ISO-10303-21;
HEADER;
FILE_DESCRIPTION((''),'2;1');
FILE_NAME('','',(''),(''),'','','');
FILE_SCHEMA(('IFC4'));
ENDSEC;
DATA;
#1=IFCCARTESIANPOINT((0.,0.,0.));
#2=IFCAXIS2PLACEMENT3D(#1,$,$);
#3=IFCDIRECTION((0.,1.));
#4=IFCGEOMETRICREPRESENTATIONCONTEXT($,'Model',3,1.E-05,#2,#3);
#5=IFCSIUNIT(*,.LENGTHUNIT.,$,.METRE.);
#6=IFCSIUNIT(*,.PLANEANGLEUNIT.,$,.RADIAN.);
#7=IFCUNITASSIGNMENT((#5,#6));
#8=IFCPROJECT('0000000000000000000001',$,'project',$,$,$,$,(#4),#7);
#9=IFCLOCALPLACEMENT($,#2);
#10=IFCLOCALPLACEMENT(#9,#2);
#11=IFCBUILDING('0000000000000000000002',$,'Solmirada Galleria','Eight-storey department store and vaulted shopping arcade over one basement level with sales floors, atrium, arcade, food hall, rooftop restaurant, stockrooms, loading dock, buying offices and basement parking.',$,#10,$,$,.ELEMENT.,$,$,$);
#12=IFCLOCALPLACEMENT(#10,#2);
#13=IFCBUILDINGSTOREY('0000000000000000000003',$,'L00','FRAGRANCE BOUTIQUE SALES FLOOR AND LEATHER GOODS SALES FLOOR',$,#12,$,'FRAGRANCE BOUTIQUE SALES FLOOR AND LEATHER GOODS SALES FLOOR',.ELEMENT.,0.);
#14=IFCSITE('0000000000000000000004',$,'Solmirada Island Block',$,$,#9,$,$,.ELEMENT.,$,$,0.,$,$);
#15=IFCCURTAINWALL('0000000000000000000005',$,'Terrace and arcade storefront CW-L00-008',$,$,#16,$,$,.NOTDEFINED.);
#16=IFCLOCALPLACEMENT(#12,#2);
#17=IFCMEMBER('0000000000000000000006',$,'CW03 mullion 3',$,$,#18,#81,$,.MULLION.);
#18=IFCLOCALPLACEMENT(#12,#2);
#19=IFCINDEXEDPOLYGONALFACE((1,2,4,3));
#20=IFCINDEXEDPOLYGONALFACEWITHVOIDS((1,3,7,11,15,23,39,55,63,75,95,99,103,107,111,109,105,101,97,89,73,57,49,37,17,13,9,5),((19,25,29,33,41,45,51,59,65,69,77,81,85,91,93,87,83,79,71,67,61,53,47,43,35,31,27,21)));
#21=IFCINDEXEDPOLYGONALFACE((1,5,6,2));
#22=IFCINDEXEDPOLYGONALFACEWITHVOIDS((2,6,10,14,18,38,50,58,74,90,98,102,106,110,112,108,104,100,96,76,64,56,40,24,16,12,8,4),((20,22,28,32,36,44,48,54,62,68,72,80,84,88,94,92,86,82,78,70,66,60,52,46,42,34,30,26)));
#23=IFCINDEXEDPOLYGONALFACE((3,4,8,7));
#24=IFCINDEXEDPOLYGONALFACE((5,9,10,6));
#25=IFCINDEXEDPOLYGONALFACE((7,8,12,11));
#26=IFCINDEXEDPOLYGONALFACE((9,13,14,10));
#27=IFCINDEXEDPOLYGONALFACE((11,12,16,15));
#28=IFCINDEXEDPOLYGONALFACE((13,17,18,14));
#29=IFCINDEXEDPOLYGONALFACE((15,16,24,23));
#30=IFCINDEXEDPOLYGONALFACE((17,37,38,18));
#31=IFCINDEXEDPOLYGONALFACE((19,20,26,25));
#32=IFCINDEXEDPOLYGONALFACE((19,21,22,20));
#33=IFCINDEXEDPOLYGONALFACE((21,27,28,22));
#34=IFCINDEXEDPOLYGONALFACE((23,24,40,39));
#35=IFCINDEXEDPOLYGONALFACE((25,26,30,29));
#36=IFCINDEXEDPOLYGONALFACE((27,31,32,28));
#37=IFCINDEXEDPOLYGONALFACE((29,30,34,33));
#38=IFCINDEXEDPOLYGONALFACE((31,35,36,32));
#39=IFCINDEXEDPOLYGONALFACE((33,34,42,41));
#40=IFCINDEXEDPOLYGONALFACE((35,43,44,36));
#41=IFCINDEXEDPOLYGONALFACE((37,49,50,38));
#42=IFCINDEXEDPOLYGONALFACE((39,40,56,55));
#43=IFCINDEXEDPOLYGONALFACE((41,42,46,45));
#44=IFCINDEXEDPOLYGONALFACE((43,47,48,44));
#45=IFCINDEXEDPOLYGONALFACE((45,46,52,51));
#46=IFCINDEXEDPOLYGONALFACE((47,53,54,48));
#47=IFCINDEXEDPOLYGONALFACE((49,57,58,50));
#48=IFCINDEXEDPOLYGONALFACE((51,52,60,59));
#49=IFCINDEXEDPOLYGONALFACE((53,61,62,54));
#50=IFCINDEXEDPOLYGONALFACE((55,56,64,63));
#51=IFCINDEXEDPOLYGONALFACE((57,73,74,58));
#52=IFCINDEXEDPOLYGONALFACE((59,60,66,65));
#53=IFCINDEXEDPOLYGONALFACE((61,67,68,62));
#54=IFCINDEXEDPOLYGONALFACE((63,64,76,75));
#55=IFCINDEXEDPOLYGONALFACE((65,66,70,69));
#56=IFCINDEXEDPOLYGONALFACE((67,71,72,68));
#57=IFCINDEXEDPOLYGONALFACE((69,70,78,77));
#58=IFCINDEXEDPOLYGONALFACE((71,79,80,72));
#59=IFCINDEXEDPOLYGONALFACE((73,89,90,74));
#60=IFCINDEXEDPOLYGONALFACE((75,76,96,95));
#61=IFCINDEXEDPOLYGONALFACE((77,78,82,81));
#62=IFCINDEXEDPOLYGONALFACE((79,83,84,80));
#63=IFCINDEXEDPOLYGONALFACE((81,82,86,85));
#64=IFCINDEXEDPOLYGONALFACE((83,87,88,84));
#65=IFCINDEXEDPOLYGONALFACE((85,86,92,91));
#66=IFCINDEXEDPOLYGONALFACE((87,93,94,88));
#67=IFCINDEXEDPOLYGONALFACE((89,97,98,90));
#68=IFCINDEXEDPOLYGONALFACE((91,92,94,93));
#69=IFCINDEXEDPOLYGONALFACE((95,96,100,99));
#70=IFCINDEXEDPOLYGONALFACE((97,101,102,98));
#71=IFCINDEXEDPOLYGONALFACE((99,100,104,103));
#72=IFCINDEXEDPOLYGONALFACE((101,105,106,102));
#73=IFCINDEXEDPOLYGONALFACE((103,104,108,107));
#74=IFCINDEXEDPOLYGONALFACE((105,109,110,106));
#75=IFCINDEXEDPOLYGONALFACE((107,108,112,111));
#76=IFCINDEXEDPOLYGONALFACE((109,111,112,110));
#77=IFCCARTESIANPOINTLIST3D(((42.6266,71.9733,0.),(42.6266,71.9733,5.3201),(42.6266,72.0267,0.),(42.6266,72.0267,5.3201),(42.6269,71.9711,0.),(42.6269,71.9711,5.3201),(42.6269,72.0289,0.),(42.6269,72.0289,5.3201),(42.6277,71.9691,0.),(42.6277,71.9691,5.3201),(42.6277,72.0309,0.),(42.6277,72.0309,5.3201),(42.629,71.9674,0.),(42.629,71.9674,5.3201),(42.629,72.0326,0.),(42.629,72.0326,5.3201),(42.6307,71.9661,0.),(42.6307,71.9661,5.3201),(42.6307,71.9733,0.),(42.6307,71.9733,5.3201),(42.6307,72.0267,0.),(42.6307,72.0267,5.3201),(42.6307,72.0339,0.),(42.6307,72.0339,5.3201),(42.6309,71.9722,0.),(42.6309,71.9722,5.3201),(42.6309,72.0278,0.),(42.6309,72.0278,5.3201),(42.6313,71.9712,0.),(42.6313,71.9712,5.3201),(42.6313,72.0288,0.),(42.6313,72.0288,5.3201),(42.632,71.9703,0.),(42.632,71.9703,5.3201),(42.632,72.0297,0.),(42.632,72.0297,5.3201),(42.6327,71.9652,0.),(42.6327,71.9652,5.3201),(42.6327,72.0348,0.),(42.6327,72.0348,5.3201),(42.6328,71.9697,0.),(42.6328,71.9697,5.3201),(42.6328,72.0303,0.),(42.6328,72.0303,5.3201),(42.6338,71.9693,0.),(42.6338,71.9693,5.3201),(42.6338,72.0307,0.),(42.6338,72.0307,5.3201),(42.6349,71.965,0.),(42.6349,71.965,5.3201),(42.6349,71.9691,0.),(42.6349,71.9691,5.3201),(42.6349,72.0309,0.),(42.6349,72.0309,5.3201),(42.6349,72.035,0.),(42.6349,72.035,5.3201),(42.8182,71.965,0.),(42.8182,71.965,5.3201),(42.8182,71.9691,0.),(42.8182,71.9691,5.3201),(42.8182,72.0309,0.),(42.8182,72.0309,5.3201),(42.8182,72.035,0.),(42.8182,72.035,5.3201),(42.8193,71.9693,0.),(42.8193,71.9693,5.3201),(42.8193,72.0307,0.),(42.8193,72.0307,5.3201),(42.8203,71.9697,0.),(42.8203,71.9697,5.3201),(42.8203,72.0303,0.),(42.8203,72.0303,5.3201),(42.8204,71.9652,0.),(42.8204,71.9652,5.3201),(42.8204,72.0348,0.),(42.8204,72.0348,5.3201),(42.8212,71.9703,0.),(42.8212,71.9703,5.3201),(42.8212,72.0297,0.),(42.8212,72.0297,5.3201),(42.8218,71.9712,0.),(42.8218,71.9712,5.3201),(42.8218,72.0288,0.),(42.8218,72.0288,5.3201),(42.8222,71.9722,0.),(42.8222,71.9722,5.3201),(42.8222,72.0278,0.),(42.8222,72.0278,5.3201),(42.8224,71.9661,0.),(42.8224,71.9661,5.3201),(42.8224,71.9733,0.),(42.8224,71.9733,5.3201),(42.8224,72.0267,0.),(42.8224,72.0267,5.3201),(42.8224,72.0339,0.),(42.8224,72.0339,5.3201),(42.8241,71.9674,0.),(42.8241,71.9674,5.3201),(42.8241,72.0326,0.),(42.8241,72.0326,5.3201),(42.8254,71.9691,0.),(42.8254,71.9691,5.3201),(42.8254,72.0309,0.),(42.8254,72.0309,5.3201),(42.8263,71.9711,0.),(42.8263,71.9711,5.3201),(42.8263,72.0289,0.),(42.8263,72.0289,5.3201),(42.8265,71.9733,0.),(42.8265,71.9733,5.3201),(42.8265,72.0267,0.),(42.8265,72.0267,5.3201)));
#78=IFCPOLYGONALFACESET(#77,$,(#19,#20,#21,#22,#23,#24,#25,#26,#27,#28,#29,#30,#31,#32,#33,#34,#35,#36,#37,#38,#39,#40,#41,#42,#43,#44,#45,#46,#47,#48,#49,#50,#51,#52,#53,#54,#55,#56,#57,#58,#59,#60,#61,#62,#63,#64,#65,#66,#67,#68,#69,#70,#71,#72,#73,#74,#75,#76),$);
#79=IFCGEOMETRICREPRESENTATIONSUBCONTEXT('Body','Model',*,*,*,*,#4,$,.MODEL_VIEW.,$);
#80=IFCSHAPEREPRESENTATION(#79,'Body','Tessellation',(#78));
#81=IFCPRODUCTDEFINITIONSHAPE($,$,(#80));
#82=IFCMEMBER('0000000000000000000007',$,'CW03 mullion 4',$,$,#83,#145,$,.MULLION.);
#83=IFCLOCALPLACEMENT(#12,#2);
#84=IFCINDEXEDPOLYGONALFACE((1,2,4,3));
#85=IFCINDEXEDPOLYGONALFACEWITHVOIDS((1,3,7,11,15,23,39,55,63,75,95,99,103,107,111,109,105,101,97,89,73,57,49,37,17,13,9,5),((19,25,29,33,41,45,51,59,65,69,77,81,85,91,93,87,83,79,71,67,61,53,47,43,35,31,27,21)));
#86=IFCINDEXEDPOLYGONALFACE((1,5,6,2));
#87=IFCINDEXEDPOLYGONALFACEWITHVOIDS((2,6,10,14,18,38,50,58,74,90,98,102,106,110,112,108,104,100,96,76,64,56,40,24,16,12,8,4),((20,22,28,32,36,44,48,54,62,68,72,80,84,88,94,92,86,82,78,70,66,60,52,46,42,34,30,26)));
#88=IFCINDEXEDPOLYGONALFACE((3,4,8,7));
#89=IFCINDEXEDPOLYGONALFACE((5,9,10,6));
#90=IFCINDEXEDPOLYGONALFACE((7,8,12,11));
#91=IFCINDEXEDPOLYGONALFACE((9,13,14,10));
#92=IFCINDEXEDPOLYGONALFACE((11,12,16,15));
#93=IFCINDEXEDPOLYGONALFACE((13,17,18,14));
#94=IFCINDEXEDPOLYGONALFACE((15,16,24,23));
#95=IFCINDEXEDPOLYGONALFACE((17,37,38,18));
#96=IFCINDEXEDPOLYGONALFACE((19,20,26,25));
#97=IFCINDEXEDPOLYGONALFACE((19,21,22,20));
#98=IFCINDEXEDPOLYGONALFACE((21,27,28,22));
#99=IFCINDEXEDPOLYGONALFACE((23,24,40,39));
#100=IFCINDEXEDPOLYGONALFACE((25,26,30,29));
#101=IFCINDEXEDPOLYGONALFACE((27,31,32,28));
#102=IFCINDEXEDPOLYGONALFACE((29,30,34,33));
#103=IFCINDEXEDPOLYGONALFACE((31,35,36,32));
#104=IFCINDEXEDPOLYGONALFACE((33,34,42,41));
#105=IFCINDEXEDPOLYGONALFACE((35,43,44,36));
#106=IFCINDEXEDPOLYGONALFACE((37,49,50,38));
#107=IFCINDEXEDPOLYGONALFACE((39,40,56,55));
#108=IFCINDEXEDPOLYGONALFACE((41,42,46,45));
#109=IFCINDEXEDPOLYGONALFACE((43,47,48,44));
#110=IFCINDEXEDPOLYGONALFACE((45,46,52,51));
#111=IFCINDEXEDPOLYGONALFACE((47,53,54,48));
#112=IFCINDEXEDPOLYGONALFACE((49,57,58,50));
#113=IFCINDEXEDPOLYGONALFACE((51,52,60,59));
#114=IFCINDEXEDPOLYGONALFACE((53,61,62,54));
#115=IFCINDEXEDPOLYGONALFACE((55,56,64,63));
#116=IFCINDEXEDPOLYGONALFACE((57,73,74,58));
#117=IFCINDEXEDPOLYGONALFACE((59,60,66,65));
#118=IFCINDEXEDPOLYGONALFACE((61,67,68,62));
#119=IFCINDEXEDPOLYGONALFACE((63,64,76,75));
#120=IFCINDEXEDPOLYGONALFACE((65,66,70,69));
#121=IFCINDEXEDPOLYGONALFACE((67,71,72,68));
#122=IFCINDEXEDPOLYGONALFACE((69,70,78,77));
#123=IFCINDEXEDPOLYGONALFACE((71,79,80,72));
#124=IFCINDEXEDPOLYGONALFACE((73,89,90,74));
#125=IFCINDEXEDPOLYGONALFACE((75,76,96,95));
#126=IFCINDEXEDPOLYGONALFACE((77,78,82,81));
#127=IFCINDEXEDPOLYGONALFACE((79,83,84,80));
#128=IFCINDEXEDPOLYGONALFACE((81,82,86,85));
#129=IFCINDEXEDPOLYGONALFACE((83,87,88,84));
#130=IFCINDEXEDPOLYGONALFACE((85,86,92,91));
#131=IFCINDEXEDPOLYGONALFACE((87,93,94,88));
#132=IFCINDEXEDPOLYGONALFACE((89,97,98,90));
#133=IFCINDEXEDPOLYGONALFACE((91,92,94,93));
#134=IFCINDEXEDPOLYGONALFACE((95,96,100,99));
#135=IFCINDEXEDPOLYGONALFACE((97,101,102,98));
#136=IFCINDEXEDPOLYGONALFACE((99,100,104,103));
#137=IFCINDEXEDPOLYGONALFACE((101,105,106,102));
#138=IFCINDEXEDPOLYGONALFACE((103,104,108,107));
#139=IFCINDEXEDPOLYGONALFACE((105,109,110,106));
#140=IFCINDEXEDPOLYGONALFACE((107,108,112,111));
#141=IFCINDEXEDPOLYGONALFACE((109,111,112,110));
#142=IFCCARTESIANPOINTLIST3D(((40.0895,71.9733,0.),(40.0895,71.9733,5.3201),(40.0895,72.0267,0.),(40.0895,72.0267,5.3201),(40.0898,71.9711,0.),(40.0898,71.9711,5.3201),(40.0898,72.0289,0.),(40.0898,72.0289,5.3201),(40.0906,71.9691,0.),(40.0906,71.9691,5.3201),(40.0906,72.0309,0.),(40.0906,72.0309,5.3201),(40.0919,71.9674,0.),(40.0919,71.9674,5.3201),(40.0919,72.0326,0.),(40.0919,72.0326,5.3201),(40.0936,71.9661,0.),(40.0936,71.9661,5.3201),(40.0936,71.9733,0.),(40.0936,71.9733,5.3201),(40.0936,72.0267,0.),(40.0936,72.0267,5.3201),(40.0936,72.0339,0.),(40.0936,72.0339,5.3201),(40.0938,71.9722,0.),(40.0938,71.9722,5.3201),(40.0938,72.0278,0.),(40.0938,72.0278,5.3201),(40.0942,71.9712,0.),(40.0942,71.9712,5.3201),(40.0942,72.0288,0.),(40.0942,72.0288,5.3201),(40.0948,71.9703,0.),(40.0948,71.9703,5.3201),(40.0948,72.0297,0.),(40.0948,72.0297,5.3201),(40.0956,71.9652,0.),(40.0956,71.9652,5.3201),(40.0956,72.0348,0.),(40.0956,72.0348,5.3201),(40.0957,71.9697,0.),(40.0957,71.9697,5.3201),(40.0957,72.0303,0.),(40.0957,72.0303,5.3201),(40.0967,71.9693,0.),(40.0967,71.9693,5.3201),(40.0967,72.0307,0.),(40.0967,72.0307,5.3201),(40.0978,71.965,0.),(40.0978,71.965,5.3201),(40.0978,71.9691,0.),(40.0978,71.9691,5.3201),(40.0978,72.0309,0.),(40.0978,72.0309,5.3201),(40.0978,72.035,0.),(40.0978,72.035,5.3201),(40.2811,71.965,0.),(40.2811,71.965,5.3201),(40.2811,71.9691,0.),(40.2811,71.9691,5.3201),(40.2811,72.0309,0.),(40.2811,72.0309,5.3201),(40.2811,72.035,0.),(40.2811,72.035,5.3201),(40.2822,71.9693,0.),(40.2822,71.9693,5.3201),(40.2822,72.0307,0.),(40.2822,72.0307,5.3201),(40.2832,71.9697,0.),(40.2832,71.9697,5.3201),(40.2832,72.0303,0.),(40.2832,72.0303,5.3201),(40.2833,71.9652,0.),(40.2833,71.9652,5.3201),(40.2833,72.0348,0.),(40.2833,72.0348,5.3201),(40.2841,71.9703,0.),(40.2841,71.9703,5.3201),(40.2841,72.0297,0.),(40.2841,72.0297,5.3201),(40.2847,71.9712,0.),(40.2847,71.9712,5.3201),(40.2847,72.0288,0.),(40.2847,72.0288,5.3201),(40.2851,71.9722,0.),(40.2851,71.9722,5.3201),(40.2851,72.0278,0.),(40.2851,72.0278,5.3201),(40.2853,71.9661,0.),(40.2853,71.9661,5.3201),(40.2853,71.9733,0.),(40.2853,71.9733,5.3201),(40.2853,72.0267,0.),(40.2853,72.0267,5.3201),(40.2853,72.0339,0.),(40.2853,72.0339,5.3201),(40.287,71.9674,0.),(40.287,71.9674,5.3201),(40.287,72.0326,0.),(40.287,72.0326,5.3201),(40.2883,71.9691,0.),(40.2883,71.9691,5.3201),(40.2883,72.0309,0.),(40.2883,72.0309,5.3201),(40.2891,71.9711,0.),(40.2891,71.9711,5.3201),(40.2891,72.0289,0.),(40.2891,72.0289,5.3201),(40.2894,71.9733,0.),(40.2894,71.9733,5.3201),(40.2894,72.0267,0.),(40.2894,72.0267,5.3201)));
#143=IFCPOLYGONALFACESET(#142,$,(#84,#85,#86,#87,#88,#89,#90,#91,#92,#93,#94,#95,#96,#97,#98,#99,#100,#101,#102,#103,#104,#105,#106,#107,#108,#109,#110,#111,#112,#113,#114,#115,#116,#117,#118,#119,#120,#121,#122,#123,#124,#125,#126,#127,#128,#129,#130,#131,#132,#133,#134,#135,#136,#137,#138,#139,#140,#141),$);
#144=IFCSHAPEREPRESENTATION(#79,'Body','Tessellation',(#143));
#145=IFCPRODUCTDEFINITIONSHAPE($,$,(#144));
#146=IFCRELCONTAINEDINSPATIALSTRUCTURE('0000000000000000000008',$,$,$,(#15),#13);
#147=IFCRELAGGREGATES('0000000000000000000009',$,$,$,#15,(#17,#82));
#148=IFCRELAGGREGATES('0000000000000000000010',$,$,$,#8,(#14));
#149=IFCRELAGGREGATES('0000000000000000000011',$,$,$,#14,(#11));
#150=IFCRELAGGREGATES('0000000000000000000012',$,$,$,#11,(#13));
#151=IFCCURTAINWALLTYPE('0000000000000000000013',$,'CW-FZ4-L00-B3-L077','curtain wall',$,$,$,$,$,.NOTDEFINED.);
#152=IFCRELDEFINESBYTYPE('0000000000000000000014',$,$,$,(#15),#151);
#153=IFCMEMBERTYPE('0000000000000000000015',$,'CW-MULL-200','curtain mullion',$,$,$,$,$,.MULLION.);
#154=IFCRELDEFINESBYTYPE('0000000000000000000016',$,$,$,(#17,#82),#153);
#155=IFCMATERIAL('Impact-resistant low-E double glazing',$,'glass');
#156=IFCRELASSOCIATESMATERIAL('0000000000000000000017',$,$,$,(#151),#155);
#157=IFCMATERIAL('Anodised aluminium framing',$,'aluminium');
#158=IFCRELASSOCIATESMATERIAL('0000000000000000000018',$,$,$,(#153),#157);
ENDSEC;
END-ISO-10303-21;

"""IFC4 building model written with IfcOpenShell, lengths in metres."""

from ifc_helpers import new_model, si_unit, direction, frame, origin, origin_2d, place, context, subcontext, project, spatial, hollow_rectangle, extrude, material, material_profile, profile_set, type_object, element, aggregate, save


model = new_model("IFC4")

# Units and contexts
model_context = context("Model", 3, precision=1e-05, world=origin(), true_north=direction((0.0, 1.0)))
body_context = subcontext(model_context, "Body", "Model", "MODEL_VIEW")
ifc_project = project(units=[si_unit("LENGTHUNIT", "METRE"), si_unit("PLANEANGLEUNIT", "RADIAN")], contexts=[model_context])

# Site, building, storey
site_placement = place(None, origin())
site = spatial("IfcSite", under=ifc_project, at=site_placement, Name="Solmirada Island Block", CompositionType="ELEMENT", RefElevation=0.0)
building_placement = place(site_placement, origin())
building = spatial("IfcBuilding", under=site, at=building_placement, Name="Solmirada Galleria", Description="Eight-storey department store and vaulted shopping arcade over one basement level with sales floors, atrium, arcade, food hall, rooftop restaurant, stockrooms, loading dock, buying offices and basement parking.", CompositionType="ELEMENT")
storey_placement = place(building_placement, origin())
storey = spatial("IfcBuildingStorey", under=building, at=storey_placement, Name="L00", Description="FRAGRANCE BOUTIQUE SALES FLOOR AND LEATHER GOODS SALES FLOOR", LongName="FRAGRANCE BOUTIQUE SALES FLOOR AND LEATHER GOODS SALES FLOOR", CompositionType="ELEMENT", Elevation=0.0)

# Curtain wall, members
ifc_material_1 = material(Name="Impact-resistant low-E double glazing", Category="glass")
curtain_wall_type = type_object("IfcCurtainWallType", Name="CW-FZ4-L00-B3-L077", Description="curtain wall", PredefinedType="NOTDEFINED", material=ifc_material_1)
curtain_wall_placement = place(storey_placement, origin())
curtain_wall = element("IfcCurtainWall", 1, at=curtain_wall_placement, inside=storey, type_object=curtain_wall_type, Name="Terrace and arcade storefront CW-L00-008", PredefinedType="NOTDEFINED")
ifc_material_2 = material(Name="Anodised aluminium framing", Category="aluminium")
ifc_material_profile_1 = material_profile(ifc_material_2, hollow_rectangle(XDim=0.0701, YDim=0.2, WallThickness=0.0042, InnerFilletRadius=0.0042, OuterFilletRadius=0.0083, at=origin_2d()), Name="ALU-MULL-200X70")
ifc_profile_set_1 = profile_set([ifc_material_profile_1], Name="Anodised aluminium framing")
member_type_1 = type_object("IfcMemberType", Name="CW-MULL-200", Description="curtain mullion", PredefinedType="MULLION", material=ifc_profile_set_1)
member_1_placement = place(storey_placement, frame((42.7266, 72.0, 0.0), z_axis=(0.0, 0.0, 1.0), x_axis=(0.0, -1.0, 0.0)))
member_1 = element("IfcMember", 2, at=member_1_placement, type_object=member_type_1, Name="CW03 mullion 3", PredefinedType="MULLION", context=body_context, shape_type="SweptSolid", body=[
    extrude(hollow_rectangle(XDim=0.0701, YDim=0.2, WallThickness=0.0042, InnerFilletRadius=0.0042, OuterFilletRadius=0.0083, at=origin_2d()), origin(), (0.0, 0.0, 1.0), 5.3201),
])
member_2_placement = place(storey_placement, frame((40.1895, 72.0, 0.0), z_axis=(0.0, 0.0, 1.0), x_axis=(0.0, -1.0, 0.0)))
member_2 = element("IfcMember", 3, at=member_2_placement, type_object=member_type_1, Name="CW03 mullion 4", PredefinedType="MULLION", context=body_context, shape_type="SweptSolid", body=[
    extrude(hollow_rectangle(XDim=0.0701, YDim=0.2, WallThickness=0.0042, InnerFilletRadius=0.0042, OuterFilletRadius=0.0083, at=origin_2d()), origin(), (0.0, 0.0, 1.0), 5.3201),
])
aggregate(curtain_wall, [member_1, member_2])

save(model, "model.ifc")
